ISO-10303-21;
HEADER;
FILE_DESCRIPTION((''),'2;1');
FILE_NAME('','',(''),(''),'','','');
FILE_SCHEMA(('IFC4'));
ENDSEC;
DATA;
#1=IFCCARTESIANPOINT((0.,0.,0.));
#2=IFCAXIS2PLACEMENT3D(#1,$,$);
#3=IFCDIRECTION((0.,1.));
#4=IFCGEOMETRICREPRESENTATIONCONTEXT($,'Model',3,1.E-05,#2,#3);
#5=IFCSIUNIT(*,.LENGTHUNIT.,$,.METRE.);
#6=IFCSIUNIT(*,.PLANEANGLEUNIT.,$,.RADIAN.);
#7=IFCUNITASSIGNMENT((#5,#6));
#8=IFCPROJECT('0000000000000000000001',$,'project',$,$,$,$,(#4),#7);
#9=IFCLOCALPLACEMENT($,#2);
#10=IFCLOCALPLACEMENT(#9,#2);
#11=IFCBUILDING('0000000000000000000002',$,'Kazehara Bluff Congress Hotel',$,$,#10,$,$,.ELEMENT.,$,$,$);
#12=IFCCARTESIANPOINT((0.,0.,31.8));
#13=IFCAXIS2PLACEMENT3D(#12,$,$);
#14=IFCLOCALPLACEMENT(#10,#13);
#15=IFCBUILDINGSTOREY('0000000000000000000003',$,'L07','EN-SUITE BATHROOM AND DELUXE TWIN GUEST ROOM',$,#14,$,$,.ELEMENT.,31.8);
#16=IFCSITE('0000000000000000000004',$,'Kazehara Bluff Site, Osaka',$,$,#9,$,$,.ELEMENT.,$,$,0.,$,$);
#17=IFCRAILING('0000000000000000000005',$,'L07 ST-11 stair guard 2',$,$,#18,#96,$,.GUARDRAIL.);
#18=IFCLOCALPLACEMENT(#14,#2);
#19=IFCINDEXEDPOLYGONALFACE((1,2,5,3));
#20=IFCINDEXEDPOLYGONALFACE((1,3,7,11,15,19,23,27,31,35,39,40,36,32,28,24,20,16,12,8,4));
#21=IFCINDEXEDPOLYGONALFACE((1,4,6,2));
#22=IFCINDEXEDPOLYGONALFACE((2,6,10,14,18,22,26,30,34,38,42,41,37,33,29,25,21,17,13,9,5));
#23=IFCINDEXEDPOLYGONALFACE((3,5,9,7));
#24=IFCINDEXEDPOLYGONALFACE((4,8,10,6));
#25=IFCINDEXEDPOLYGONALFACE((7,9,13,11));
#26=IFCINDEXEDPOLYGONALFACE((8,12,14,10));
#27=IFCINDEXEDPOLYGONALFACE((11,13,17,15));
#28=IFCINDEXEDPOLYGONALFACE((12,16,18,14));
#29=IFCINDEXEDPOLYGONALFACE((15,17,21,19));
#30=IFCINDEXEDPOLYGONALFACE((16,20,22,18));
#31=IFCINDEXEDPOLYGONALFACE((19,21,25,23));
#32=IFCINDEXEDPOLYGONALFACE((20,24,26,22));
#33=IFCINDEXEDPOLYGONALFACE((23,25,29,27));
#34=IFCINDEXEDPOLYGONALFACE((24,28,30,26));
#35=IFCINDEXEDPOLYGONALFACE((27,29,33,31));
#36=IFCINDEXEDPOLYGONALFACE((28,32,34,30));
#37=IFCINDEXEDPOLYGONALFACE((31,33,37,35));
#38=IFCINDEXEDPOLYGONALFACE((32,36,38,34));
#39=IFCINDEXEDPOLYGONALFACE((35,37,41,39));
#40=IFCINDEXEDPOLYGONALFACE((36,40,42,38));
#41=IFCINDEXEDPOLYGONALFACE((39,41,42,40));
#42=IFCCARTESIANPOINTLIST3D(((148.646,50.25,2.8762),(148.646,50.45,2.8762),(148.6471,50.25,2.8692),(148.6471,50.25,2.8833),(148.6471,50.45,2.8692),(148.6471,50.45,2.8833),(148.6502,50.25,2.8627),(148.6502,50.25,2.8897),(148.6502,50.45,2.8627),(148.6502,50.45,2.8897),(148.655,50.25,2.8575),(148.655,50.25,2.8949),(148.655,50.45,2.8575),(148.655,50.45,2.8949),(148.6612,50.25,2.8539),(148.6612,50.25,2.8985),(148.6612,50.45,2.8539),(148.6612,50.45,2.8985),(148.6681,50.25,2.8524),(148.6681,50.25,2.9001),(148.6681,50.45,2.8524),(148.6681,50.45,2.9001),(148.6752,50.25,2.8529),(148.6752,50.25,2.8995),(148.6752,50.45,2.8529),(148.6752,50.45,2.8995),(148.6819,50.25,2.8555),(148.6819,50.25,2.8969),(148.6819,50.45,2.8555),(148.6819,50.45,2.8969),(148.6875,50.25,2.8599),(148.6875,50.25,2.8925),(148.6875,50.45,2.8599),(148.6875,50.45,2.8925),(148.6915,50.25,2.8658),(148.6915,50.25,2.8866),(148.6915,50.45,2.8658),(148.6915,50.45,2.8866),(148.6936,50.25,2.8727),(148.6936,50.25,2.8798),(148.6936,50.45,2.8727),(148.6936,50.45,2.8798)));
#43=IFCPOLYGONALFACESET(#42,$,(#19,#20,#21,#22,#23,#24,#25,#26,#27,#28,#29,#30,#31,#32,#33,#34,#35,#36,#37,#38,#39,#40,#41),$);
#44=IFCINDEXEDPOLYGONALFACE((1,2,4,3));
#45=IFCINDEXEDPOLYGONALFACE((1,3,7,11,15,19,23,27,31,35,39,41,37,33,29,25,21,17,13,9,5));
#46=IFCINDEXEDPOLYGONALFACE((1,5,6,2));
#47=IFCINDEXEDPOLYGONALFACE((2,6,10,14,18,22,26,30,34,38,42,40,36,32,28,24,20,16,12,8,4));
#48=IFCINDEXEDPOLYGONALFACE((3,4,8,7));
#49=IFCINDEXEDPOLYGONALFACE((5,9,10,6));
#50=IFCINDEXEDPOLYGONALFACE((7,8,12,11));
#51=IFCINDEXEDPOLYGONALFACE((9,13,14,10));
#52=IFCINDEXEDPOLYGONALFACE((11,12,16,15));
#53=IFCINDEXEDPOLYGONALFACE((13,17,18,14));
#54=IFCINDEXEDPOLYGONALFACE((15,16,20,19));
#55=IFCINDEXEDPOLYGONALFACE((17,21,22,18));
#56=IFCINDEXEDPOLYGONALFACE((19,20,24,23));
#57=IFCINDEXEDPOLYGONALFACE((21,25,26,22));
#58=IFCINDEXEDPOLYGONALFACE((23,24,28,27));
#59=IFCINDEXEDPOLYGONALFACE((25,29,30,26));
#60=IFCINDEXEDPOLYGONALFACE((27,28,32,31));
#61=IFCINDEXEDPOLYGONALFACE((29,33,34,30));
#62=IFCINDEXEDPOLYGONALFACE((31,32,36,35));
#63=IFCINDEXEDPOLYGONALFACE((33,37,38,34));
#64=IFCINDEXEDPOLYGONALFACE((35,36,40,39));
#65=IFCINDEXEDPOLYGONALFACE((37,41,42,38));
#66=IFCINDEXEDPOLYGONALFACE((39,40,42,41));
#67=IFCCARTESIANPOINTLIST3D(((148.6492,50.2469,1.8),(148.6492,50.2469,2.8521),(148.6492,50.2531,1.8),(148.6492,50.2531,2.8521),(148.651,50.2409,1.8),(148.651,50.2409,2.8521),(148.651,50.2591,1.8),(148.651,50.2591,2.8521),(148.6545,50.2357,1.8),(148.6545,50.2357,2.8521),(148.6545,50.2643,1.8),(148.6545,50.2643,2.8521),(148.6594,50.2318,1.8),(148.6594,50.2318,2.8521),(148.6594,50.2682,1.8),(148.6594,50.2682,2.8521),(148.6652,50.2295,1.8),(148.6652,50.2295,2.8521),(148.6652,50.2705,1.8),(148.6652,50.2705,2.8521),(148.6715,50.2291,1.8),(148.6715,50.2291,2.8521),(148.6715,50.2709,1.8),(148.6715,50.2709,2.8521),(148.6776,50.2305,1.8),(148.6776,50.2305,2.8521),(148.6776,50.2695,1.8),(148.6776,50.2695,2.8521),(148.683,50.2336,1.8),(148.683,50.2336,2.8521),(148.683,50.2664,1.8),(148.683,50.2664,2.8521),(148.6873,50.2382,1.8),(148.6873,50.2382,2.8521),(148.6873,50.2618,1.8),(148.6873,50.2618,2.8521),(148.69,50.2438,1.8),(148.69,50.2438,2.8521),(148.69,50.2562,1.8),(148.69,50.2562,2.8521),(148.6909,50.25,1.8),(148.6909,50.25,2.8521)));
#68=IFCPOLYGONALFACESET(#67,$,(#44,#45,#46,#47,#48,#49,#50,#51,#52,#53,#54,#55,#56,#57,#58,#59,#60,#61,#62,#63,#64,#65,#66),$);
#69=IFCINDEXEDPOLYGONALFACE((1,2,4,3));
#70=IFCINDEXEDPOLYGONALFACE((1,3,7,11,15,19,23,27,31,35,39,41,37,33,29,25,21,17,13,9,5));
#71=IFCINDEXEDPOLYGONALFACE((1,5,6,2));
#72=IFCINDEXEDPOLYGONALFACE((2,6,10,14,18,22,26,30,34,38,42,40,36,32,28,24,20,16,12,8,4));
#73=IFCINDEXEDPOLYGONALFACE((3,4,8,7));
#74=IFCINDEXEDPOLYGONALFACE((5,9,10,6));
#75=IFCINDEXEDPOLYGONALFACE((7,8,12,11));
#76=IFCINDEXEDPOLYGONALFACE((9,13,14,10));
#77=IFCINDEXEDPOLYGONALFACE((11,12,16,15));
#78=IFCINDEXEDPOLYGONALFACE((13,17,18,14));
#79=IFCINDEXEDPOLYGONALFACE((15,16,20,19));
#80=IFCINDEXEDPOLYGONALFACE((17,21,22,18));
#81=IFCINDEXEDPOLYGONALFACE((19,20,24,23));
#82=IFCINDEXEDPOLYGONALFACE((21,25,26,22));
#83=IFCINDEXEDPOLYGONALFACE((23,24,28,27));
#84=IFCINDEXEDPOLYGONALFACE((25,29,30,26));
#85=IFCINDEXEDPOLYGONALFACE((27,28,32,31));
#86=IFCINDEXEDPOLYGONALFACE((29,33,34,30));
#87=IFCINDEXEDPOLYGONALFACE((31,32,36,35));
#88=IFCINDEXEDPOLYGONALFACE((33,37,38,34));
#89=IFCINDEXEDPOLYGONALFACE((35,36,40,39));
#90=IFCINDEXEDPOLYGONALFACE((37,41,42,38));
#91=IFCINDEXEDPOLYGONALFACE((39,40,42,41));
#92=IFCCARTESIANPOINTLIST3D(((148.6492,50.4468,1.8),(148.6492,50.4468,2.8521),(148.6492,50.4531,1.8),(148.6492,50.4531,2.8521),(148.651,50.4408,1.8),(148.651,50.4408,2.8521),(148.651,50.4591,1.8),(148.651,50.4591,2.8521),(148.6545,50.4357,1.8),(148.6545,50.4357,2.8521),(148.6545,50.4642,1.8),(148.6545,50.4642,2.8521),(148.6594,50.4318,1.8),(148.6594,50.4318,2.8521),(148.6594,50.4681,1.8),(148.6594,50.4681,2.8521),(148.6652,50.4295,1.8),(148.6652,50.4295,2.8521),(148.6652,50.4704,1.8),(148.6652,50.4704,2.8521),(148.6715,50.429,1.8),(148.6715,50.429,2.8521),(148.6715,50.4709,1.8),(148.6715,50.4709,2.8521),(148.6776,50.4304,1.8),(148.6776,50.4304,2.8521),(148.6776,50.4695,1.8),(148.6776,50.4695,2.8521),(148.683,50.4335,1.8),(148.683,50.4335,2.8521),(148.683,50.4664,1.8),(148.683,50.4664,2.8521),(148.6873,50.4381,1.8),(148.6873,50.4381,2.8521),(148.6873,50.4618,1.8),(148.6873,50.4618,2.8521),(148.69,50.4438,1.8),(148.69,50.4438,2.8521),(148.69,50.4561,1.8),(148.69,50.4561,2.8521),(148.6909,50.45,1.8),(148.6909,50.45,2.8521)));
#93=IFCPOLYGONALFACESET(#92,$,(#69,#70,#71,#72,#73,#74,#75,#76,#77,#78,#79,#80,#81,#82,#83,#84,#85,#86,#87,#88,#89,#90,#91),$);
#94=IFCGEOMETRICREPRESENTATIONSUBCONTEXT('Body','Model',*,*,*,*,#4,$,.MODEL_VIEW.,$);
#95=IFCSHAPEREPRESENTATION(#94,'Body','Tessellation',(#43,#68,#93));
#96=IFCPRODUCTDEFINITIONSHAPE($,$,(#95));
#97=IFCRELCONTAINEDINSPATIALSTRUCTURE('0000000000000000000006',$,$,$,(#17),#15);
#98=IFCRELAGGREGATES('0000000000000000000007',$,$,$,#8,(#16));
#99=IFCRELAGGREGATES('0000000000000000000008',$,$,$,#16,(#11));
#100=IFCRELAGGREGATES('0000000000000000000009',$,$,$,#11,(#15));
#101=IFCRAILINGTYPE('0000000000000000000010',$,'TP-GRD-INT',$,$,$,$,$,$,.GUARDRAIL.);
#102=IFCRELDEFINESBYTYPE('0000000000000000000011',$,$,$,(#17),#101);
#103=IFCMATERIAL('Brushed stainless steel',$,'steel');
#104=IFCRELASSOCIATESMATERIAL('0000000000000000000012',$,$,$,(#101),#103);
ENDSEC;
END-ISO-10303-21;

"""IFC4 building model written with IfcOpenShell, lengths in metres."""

from ifc_helpers import new_model, si_unit, direction, frame, origin, origin_2d, place, context, subcontext, project, spatial, circle, extrude, material, type_object, element, save


model = new_model("IFC4")

# Units and contexts
model_context = context("Model", 3, precision=1e-05, world=origin(), true_north=direction((0.0, 1.0)))
body_context = subcontext(model_context, "Body", "Model", "MODEL_VIEW")
ifc_project = project(units=[si_unit("LENGTHUNIT", "METRE"), si_unit("PLANEANGLEUNIT", "RADIAN")], contexts=[model_context])

# Site, building, storey
site_placement = place(None, origin())
site = spatial("IfcSite", under=ifc_project, at=site_placement, Name="Kazehara Bluff Site, Osaka", CompositionType="ELEMENT", RefElevation=0.0)
building_placement = place(site_placement, origin())
building = spatial("IfcBuilding", under=site, at=building_placement, Name="Kazehara Bluff Congress Hotel", CompositionType="ELEMENT")
storey_placement = place(building_placement, frame((0.0, 0.0, 31.8)))
storey = spatial("IfcBuildingStorey", under=building, at=storey_placement, Name="L07", Description="EN-SUITE BATHROOM AND DELUXE TWIN GUEST ROOM", CompositionType="ELEMENT", Elevation=31.8)

# Railing
ifc_material_1 = material(Name="Brushed stainless steel", Category="steel")
railing_type_1 = type_object("IfcRailingType", Name="TP-GRD-INT", PredefinedType="GUARDRAIL", material=ifc_material_1)
railing_1_placement = place(storey_placement, frame((148.6699, 50.25, 1.8)))
element("IfcRailing", 1, at=railing_1_placement, inside=storey, type_object=railing_type_1, Name="L07 ST-11 stair guard 2", PredefinedType="GUARDRAIL", context=body_context, shape_type="SweptSolid", body=[
    extrude(circle(Radius=0.0239, at=origin_2d()), frame((0.0, 0.0, 1.0762), z_axis=(0.0, 1.0, 0.0), x_axis=(-1.0, 0.0, 0.0)), (0.0, 0.0, 1.0), 0.2),
    extrude(circle(Radius=0.021, at=origin_2d()), origin(), (0.0, 0.0, 1.0), 1.052),
    extrude(circle(Radius=0.021, at=origin_2d()), frame((0.0, 0.2, 0.0)), (0.0, 0.0, 1.0), 1.052),
])

save(model, "model.ifc")
